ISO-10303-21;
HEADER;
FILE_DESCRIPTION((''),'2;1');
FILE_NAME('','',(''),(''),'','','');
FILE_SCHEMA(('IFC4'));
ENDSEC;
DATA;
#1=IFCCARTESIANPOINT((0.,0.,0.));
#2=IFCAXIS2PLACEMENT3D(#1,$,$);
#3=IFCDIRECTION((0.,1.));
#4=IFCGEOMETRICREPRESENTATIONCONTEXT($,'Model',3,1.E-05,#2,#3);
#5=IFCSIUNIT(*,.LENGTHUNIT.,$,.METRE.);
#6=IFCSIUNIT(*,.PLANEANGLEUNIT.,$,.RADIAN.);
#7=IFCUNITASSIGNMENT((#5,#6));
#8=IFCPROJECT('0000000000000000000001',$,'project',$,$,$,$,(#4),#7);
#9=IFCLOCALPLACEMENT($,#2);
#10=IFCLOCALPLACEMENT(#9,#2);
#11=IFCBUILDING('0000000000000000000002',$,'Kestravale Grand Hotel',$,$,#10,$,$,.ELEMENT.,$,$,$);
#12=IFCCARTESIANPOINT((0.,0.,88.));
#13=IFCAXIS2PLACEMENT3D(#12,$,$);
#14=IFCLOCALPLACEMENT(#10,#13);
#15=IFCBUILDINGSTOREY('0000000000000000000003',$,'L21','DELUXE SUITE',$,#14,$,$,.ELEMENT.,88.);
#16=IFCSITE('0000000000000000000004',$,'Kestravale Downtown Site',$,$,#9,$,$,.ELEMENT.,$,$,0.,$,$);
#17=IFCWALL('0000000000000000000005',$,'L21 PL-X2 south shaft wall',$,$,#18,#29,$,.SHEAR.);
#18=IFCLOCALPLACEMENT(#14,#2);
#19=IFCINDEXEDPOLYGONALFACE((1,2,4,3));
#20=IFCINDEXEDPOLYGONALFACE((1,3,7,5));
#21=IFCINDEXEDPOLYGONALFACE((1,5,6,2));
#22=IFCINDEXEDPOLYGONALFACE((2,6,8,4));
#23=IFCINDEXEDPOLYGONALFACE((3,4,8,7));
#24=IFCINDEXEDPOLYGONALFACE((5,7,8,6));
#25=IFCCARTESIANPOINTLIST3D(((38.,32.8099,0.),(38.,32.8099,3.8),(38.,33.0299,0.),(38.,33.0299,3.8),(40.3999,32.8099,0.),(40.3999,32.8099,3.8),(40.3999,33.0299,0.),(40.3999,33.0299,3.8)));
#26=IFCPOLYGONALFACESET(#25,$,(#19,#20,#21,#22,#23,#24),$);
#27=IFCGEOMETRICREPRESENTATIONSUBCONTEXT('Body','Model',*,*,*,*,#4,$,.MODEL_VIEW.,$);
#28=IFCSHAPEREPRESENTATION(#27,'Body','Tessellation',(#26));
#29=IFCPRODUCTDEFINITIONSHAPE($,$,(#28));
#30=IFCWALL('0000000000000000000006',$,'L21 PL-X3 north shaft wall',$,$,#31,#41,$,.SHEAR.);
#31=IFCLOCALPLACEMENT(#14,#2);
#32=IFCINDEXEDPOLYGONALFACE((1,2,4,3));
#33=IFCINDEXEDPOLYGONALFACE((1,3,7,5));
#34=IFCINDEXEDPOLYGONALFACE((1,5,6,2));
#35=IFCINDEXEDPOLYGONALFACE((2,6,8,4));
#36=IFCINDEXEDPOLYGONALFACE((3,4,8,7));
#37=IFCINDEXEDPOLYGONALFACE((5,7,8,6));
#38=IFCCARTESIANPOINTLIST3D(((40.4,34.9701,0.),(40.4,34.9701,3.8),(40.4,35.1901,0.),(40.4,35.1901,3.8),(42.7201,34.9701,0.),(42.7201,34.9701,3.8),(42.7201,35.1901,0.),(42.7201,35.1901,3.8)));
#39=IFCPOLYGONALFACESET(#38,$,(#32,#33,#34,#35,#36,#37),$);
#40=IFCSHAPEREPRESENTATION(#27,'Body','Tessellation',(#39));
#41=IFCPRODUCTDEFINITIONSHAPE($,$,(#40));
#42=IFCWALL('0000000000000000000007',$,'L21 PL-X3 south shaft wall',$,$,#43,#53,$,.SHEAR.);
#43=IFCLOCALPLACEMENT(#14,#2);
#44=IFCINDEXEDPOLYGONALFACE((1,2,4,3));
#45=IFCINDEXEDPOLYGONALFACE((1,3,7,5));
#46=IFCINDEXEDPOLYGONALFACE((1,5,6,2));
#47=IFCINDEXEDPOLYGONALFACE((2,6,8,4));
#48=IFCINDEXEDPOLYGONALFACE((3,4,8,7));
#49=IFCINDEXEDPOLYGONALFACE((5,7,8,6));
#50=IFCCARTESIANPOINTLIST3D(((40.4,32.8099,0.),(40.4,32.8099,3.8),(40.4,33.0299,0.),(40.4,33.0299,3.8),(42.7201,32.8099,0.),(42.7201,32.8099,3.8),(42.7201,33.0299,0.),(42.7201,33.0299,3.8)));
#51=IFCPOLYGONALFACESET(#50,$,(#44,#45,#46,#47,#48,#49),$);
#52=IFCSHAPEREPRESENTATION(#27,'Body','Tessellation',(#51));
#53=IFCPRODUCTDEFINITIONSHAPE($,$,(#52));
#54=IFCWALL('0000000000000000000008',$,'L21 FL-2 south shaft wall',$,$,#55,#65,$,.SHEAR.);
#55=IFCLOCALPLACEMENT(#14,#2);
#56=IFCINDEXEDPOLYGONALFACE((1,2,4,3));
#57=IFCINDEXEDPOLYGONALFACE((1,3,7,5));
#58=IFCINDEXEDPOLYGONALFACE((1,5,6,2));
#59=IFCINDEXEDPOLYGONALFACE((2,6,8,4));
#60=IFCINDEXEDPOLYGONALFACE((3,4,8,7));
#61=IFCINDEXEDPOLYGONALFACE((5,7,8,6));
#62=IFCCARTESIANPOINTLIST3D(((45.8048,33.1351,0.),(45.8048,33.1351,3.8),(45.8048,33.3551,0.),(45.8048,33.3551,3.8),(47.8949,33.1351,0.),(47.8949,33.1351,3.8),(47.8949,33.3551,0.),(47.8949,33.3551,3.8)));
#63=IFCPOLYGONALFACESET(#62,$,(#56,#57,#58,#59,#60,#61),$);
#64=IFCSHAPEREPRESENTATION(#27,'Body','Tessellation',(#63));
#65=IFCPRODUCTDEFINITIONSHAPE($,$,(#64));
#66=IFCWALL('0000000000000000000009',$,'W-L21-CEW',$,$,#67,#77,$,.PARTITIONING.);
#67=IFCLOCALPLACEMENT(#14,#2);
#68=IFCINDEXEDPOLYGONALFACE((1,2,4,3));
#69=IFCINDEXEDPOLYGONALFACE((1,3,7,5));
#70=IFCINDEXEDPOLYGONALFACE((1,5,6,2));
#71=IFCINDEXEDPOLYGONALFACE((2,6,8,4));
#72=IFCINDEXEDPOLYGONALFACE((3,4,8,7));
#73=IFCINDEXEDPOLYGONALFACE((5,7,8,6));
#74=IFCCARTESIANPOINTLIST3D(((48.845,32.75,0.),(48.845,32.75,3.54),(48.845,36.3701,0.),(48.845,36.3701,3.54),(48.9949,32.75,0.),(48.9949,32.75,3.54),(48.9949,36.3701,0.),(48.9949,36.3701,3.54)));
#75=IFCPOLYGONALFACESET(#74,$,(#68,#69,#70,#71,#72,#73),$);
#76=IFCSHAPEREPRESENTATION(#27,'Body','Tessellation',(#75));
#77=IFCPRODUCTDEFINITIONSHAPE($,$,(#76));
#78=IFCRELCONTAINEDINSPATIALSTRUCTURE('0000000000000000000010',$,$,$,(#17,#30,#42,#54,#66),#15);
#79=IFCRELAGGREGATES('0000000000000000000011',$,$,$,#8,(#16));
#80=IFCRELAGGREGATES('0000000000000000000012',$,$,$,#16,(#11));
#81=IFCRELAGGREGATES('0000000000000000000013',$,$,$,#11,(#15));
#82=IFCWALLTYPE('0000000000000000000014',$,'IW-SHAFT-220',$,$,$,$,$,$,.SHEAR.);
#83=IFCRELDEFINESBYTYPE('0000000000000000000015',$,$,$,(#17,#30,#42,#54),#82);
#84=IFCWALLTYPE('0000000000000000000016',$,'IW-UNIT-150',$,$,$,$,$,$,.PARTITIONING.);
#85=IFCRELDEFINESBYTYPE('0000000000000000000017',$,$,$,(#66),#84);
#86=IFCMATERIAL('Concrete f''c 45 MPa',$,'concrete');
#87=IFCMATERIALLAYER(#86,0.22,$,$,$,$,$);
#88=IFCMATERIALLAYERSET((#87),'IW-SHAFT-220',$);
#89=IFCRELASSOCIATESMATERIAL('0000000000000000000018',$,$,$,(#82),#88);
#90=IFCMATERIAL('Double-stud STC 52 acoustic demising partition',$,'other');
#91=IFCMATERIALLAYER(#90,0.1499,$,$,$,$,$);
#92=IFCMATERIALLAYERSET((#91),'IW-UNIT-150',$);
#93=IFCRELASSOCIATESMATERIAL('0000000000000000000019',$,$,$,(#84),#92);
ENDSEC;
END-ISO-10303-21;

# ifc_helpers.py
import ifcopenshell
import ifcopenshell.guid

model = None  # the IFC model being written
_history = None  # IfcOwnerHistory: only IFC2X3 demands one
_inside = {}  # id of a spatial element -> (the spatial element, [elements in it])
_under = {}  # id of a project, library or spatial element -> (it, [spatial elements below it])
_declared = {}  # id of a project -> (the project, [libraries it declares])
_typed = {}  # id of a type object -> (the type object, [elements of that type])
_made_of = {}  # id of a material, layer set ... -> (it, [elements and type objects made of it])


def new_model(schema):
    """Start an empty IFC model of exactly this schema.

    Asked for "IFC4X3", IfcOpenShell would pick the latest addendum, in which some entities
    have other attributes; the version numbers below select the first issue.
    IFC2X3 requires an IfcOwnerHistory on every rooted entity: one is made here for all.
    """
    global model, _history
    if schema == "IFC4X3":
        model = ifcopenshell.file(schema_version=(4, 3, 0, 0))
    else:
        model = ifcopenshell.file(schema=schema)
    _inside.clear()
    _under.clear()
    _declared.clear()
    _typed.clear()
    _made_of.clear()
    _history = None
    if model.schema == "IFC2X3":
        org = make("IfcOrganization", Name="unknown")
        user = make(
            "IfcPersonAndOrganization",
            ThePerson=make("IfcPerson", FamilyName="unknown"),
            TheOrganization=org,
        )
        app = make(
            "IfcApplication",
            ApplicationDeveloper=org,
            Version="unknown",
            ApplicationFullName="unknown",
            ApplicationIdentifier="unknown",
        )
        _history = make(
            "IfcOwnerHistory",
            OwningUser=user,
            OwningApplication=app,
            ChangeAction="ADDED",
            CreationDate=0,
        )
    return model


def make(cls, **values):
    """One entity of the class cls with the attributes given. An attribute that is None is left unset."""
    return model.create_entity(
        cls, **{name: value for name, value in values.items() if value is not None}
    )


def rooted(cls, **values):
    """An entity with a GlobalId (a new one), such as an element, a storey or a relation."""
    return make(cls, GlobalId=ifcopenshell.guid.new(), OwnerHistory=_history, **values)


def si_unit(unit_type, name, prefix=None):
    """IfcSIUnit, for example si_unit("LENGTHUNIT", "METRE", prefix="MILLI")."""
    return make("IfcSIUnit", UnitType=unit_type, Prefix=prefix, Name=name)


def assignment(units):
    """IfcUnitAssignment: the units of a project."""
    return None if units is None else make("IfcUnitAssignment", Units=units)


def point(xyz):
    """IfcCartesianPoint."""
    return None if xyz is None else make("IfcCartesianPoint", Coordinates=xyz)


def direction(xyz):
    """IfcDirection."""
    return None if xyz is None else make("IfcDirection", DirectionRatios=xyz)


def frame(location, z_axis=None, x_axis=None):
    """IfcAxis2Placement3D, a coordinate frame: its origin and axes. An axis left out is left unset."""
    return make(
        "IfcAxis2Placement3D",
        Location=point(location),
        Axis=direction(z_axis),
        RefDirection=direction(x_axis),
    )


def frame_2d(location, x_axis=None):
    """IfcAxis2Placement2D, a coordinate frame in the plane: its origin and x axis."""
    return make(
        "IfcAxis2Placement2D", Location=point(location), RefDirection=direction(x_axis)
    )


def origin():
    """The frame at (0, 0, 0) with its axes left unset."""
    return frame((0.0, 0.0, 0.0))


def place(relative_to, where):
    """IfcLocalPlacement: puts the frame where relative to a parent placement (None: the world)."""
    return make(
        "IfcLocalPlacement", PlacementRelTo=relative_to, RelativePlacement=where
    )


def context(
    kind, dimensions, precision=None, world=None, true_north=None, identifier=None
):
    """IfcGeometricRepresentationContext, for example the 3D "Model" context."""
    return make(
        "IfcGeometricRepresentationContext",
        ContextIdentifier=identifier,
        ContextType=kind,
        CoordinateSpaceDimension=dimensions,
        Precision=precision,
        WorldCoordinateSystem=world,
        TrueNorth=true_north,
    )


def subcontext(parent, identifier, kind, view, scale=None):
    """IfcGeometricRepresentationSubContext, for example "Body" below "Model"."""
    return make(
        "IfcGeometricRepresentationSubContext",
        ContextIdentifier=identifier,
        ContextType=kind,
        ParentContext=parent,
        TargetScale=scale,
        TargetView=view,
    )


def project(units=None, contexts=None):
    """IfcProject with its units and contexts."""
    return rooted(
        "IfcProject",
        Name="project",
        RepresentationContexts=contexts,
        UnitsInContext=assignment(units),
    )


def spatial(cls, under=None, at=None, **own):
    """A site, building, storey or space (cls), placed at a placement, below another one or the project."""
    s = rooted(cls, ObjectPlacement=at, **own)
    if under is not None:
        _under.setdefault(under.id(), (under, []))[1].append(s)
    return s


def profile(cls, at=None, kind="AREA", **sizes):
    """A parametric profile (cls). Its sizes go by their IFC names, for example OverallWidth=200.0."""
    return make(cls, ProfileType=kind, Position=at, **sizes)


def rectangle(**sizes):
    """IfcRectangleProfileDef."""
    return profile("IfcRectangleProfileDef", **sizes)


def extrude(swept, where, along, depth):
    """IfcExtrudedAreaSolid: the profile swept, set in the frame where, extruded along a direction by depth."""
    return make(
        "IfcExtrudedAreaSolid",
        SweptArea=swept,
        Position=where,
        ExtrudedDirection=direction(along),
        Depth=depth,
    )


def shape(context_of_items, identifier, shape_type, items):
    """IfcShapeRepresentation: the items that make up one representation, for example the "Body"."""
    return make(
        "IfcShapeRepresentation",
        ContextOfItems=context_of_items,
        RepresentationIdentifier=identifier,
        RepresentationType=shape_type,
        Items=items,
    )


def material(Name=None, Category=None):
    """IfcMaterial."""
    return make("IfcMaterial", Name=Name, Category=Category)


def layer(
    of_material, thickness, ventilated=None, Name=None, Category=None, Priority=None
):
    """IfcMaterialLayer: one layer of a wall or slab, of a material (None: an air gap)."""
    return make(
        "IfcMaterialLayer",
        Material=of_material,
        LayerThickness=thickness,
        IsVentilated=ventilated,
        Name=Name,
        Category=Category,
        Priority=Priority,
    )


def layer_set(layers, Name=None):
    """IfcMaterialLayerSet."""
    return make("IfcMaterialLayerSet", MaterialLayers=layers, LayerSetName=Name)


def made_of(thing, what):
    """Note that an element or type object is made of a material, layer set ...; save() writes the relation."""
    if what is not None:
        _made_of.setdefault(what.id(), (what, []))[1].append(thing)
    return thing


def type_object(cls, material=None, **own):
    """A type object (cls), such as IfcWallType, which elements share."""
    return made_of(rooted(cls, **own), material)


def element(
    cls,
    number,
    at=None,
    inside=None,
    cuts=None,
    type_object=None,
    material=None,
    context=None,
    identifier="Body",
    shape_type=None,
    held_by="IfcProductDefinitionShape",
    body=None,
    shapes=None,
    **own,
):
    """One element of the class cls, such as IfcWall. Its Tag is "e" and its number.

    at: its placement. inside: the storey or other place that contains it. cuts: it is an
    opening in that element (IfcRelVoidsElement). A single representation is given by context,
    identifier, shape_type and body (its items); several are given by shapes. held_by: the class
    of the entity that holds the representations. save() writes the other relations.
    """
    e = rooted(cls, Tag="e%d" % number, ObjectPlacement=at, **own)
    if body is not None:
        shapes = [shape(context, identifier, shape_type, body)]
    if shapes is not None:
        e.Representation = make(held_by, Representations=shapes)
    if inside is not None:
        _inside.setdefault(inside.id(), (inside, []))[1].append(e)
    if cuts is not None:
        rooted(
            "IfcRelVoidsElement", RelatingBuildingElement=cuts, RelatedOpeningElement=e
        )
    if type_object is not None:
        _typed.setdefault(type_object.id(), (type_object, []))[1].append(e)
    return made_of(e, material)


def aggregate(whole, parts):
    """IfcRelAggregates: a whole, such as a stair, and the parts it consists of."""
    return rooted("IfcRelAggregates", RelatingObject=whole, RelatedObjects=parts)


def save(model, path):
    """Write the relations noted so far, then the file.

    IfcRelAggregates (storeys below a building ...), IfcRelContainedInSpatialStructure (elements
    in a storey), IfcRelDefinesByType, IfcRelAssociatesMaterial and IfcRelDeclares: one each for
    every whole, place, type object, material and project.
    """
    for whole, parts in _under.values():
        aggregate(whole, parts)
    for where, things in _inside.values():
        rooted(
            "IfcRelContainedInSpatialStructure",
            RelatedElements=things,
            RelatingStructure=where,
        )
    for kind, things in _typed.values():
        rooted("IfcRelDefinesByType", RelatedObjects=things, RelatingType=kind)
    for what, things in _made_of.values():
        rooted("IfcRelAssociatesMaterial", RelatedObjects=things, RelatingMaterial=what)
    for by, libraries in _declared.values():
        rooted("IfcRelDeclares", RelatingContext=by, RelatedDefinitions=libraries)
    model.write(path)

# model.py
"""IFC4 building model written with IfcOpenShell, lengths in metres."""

from ifc_helpers import new_model, si_unit, direction, frame, frame_2d, origin, place, context, subcontext, project, spatial, rectangle, extrude, material, layer, layer_set, type_object, element, save


model = new_model("IFC4")

# Units and contexts
model_context = context("Model", 3, precision=1e-05, world=origin(), true_north=direction((0.0, 1.0)))
body_context = subcontext(model_context, "Body", "Model", "MODEL_VIEW")
ifc_project = project(units=[si_unit("LENGTHUNIT", "METRE"), si_unit("PLANEANGLEUNIT", "RADIAN")], contexts=[model_context])

# Site, building, storey
site_placement = place(None, origin())
site = spatial("IfcSite", under=ifc_project, at=site_placement, Name="Kestravale Downtown Site", CompositionType="ELEMENT", RefElevation=0.0)
building_placement = place(site_placement, origin())
building = spatial("IfcBuilding", under=site, at=building_placement, Name="Kestravale Grand Hotel", CompositionType="ELEMENT")
storey_placement = place(building_placement, frame((0.0, 0.0, 88.0)))
storey = spatial("IfcBuildingStorey", under=building, at=storey_placement, Name="L21", Description="DELUXE SUITE", CompositionType="ELEMENT", Elevation=88.0)

# Walls
ifc_material_1 = material(Name="Concrete f'c 45 MPa", Category="concrete")
ifc_layer_1 = layer(ifc_material_1, 0.22)
ifc_layer_set_1 = layer_set([ifc_layer_1], Name="IW-SHAFT-220")
wall_type_1 = type_object("IfcWallType", Name="IW-SHAFT-220", PredefinedType="SHEAR", material=ifc_layer_set_1)
for number, where, z_axis, x_axis, name in (
    (1, (38.0, 32.9199, 0.0), (0.0, 0.0, 1.0), (1.0, 0.0, 0.0), "L21 PL-X2 south shaft wall"),
):
    element("IfcWall", number, at=place(storey_placement, frame(where, z_axis=z_axis, x_axis=x_axis)), inside=storey, type_object=wall_type_1, Name=name, PredefinedType="SHEAR", context=body_context, shape_type="SweptSolid", body=[
        extrude(rectangle(XDim=2.3999, YDim=0.22, at=frame_2d((1.2, 0.0))), origin(), (0.0, 0.0, 1.0), 3.8),
    ])
for number, where, z_axis, x_axis, name in (
    (2, (40.3999, 35.0801, 0.0), (0.0, 0.0, 1.0), (1.0, 0.0, 0.0), "L21 PL-X3 north shaft wall"),
    (3, (40.3999, 32.9199, 0.0), (0.0, 0.0, 1.0), (1.0, 0.0, 0.0), "L21 PL-X3 south shaft wall"),
):
    element("IfcWall", number, at=place(storey_placement, frame(where, z_axis=z_axis, x_axis=x_axis)), inside=storey, type_object=wall_type_1, Name=name, PredefinedType="SHEAR", context=body_context, shape_type="SweptSolid", body=[
        extrude(rectangle(XDim=2.3201, YDim=0.22, at=frame_2d((1.1602, 0.0))), origin(), (0.0, 0.0, 1.0), 3.8),
    ])

# Walls
wall_1_placement = place(storey_placement, frame((45.8049, 33.2451, 0.0), z_axis=(0.0, 0.0, 1.0), x_axis=(1.0, 0.0, 0.0)))
element("IfcWall", 4, at=wall_1_placement, inside=storey, type_object=wall_type_1, Name="L21 FL-2 south shaft wall", PredefinedType="SHEAR", context=body_context, shape_type="SweptSolid", body=[
    extrude(rectangle(XDim=2.0901, YDim=0.22, at=frame_2d((1.0449, 0.0))), origin(), (0.0, 0.0, 1.0), 3.8),
])
ifc_material_2 = material(Name="Double-stud STC 52 acoustic demising partition", Category="other")
ifc_layer_2 = layer(ifc_material_2, 0.1499)
ifc_layer_set_2 = layer_set([ifc_layer_2], Name="IW-UNIT-150")
wall_type_2 = type_object("IfcWallType", Name="IW-UNIT-150", PredefinedType="PARTITIONING", material=ifc_layer_set_2)
wall_2_placement = place(storey_placement, frame((48.9199, 32.75, 0.0), z_axis=(0.0, 0.0, 1.0), x_axis=(0.0, 1.0, 0.0)))
element("IfcWall", 5, at=wall_2_placement, inside=storey, type_object=wall_type_2, Name="W-L21-CEW", PredefinedType="PARTITIONING", context=body_context, shape_type="SweptSolid", body=[
    extrude(rectangle(XDim=3.6201, YDim=0.1499, at=frame_2d((1.8101, 0.0))), origin(), (0.0, 0.0, 1.0), 3.54),
])

save(model, "model.ifc")
